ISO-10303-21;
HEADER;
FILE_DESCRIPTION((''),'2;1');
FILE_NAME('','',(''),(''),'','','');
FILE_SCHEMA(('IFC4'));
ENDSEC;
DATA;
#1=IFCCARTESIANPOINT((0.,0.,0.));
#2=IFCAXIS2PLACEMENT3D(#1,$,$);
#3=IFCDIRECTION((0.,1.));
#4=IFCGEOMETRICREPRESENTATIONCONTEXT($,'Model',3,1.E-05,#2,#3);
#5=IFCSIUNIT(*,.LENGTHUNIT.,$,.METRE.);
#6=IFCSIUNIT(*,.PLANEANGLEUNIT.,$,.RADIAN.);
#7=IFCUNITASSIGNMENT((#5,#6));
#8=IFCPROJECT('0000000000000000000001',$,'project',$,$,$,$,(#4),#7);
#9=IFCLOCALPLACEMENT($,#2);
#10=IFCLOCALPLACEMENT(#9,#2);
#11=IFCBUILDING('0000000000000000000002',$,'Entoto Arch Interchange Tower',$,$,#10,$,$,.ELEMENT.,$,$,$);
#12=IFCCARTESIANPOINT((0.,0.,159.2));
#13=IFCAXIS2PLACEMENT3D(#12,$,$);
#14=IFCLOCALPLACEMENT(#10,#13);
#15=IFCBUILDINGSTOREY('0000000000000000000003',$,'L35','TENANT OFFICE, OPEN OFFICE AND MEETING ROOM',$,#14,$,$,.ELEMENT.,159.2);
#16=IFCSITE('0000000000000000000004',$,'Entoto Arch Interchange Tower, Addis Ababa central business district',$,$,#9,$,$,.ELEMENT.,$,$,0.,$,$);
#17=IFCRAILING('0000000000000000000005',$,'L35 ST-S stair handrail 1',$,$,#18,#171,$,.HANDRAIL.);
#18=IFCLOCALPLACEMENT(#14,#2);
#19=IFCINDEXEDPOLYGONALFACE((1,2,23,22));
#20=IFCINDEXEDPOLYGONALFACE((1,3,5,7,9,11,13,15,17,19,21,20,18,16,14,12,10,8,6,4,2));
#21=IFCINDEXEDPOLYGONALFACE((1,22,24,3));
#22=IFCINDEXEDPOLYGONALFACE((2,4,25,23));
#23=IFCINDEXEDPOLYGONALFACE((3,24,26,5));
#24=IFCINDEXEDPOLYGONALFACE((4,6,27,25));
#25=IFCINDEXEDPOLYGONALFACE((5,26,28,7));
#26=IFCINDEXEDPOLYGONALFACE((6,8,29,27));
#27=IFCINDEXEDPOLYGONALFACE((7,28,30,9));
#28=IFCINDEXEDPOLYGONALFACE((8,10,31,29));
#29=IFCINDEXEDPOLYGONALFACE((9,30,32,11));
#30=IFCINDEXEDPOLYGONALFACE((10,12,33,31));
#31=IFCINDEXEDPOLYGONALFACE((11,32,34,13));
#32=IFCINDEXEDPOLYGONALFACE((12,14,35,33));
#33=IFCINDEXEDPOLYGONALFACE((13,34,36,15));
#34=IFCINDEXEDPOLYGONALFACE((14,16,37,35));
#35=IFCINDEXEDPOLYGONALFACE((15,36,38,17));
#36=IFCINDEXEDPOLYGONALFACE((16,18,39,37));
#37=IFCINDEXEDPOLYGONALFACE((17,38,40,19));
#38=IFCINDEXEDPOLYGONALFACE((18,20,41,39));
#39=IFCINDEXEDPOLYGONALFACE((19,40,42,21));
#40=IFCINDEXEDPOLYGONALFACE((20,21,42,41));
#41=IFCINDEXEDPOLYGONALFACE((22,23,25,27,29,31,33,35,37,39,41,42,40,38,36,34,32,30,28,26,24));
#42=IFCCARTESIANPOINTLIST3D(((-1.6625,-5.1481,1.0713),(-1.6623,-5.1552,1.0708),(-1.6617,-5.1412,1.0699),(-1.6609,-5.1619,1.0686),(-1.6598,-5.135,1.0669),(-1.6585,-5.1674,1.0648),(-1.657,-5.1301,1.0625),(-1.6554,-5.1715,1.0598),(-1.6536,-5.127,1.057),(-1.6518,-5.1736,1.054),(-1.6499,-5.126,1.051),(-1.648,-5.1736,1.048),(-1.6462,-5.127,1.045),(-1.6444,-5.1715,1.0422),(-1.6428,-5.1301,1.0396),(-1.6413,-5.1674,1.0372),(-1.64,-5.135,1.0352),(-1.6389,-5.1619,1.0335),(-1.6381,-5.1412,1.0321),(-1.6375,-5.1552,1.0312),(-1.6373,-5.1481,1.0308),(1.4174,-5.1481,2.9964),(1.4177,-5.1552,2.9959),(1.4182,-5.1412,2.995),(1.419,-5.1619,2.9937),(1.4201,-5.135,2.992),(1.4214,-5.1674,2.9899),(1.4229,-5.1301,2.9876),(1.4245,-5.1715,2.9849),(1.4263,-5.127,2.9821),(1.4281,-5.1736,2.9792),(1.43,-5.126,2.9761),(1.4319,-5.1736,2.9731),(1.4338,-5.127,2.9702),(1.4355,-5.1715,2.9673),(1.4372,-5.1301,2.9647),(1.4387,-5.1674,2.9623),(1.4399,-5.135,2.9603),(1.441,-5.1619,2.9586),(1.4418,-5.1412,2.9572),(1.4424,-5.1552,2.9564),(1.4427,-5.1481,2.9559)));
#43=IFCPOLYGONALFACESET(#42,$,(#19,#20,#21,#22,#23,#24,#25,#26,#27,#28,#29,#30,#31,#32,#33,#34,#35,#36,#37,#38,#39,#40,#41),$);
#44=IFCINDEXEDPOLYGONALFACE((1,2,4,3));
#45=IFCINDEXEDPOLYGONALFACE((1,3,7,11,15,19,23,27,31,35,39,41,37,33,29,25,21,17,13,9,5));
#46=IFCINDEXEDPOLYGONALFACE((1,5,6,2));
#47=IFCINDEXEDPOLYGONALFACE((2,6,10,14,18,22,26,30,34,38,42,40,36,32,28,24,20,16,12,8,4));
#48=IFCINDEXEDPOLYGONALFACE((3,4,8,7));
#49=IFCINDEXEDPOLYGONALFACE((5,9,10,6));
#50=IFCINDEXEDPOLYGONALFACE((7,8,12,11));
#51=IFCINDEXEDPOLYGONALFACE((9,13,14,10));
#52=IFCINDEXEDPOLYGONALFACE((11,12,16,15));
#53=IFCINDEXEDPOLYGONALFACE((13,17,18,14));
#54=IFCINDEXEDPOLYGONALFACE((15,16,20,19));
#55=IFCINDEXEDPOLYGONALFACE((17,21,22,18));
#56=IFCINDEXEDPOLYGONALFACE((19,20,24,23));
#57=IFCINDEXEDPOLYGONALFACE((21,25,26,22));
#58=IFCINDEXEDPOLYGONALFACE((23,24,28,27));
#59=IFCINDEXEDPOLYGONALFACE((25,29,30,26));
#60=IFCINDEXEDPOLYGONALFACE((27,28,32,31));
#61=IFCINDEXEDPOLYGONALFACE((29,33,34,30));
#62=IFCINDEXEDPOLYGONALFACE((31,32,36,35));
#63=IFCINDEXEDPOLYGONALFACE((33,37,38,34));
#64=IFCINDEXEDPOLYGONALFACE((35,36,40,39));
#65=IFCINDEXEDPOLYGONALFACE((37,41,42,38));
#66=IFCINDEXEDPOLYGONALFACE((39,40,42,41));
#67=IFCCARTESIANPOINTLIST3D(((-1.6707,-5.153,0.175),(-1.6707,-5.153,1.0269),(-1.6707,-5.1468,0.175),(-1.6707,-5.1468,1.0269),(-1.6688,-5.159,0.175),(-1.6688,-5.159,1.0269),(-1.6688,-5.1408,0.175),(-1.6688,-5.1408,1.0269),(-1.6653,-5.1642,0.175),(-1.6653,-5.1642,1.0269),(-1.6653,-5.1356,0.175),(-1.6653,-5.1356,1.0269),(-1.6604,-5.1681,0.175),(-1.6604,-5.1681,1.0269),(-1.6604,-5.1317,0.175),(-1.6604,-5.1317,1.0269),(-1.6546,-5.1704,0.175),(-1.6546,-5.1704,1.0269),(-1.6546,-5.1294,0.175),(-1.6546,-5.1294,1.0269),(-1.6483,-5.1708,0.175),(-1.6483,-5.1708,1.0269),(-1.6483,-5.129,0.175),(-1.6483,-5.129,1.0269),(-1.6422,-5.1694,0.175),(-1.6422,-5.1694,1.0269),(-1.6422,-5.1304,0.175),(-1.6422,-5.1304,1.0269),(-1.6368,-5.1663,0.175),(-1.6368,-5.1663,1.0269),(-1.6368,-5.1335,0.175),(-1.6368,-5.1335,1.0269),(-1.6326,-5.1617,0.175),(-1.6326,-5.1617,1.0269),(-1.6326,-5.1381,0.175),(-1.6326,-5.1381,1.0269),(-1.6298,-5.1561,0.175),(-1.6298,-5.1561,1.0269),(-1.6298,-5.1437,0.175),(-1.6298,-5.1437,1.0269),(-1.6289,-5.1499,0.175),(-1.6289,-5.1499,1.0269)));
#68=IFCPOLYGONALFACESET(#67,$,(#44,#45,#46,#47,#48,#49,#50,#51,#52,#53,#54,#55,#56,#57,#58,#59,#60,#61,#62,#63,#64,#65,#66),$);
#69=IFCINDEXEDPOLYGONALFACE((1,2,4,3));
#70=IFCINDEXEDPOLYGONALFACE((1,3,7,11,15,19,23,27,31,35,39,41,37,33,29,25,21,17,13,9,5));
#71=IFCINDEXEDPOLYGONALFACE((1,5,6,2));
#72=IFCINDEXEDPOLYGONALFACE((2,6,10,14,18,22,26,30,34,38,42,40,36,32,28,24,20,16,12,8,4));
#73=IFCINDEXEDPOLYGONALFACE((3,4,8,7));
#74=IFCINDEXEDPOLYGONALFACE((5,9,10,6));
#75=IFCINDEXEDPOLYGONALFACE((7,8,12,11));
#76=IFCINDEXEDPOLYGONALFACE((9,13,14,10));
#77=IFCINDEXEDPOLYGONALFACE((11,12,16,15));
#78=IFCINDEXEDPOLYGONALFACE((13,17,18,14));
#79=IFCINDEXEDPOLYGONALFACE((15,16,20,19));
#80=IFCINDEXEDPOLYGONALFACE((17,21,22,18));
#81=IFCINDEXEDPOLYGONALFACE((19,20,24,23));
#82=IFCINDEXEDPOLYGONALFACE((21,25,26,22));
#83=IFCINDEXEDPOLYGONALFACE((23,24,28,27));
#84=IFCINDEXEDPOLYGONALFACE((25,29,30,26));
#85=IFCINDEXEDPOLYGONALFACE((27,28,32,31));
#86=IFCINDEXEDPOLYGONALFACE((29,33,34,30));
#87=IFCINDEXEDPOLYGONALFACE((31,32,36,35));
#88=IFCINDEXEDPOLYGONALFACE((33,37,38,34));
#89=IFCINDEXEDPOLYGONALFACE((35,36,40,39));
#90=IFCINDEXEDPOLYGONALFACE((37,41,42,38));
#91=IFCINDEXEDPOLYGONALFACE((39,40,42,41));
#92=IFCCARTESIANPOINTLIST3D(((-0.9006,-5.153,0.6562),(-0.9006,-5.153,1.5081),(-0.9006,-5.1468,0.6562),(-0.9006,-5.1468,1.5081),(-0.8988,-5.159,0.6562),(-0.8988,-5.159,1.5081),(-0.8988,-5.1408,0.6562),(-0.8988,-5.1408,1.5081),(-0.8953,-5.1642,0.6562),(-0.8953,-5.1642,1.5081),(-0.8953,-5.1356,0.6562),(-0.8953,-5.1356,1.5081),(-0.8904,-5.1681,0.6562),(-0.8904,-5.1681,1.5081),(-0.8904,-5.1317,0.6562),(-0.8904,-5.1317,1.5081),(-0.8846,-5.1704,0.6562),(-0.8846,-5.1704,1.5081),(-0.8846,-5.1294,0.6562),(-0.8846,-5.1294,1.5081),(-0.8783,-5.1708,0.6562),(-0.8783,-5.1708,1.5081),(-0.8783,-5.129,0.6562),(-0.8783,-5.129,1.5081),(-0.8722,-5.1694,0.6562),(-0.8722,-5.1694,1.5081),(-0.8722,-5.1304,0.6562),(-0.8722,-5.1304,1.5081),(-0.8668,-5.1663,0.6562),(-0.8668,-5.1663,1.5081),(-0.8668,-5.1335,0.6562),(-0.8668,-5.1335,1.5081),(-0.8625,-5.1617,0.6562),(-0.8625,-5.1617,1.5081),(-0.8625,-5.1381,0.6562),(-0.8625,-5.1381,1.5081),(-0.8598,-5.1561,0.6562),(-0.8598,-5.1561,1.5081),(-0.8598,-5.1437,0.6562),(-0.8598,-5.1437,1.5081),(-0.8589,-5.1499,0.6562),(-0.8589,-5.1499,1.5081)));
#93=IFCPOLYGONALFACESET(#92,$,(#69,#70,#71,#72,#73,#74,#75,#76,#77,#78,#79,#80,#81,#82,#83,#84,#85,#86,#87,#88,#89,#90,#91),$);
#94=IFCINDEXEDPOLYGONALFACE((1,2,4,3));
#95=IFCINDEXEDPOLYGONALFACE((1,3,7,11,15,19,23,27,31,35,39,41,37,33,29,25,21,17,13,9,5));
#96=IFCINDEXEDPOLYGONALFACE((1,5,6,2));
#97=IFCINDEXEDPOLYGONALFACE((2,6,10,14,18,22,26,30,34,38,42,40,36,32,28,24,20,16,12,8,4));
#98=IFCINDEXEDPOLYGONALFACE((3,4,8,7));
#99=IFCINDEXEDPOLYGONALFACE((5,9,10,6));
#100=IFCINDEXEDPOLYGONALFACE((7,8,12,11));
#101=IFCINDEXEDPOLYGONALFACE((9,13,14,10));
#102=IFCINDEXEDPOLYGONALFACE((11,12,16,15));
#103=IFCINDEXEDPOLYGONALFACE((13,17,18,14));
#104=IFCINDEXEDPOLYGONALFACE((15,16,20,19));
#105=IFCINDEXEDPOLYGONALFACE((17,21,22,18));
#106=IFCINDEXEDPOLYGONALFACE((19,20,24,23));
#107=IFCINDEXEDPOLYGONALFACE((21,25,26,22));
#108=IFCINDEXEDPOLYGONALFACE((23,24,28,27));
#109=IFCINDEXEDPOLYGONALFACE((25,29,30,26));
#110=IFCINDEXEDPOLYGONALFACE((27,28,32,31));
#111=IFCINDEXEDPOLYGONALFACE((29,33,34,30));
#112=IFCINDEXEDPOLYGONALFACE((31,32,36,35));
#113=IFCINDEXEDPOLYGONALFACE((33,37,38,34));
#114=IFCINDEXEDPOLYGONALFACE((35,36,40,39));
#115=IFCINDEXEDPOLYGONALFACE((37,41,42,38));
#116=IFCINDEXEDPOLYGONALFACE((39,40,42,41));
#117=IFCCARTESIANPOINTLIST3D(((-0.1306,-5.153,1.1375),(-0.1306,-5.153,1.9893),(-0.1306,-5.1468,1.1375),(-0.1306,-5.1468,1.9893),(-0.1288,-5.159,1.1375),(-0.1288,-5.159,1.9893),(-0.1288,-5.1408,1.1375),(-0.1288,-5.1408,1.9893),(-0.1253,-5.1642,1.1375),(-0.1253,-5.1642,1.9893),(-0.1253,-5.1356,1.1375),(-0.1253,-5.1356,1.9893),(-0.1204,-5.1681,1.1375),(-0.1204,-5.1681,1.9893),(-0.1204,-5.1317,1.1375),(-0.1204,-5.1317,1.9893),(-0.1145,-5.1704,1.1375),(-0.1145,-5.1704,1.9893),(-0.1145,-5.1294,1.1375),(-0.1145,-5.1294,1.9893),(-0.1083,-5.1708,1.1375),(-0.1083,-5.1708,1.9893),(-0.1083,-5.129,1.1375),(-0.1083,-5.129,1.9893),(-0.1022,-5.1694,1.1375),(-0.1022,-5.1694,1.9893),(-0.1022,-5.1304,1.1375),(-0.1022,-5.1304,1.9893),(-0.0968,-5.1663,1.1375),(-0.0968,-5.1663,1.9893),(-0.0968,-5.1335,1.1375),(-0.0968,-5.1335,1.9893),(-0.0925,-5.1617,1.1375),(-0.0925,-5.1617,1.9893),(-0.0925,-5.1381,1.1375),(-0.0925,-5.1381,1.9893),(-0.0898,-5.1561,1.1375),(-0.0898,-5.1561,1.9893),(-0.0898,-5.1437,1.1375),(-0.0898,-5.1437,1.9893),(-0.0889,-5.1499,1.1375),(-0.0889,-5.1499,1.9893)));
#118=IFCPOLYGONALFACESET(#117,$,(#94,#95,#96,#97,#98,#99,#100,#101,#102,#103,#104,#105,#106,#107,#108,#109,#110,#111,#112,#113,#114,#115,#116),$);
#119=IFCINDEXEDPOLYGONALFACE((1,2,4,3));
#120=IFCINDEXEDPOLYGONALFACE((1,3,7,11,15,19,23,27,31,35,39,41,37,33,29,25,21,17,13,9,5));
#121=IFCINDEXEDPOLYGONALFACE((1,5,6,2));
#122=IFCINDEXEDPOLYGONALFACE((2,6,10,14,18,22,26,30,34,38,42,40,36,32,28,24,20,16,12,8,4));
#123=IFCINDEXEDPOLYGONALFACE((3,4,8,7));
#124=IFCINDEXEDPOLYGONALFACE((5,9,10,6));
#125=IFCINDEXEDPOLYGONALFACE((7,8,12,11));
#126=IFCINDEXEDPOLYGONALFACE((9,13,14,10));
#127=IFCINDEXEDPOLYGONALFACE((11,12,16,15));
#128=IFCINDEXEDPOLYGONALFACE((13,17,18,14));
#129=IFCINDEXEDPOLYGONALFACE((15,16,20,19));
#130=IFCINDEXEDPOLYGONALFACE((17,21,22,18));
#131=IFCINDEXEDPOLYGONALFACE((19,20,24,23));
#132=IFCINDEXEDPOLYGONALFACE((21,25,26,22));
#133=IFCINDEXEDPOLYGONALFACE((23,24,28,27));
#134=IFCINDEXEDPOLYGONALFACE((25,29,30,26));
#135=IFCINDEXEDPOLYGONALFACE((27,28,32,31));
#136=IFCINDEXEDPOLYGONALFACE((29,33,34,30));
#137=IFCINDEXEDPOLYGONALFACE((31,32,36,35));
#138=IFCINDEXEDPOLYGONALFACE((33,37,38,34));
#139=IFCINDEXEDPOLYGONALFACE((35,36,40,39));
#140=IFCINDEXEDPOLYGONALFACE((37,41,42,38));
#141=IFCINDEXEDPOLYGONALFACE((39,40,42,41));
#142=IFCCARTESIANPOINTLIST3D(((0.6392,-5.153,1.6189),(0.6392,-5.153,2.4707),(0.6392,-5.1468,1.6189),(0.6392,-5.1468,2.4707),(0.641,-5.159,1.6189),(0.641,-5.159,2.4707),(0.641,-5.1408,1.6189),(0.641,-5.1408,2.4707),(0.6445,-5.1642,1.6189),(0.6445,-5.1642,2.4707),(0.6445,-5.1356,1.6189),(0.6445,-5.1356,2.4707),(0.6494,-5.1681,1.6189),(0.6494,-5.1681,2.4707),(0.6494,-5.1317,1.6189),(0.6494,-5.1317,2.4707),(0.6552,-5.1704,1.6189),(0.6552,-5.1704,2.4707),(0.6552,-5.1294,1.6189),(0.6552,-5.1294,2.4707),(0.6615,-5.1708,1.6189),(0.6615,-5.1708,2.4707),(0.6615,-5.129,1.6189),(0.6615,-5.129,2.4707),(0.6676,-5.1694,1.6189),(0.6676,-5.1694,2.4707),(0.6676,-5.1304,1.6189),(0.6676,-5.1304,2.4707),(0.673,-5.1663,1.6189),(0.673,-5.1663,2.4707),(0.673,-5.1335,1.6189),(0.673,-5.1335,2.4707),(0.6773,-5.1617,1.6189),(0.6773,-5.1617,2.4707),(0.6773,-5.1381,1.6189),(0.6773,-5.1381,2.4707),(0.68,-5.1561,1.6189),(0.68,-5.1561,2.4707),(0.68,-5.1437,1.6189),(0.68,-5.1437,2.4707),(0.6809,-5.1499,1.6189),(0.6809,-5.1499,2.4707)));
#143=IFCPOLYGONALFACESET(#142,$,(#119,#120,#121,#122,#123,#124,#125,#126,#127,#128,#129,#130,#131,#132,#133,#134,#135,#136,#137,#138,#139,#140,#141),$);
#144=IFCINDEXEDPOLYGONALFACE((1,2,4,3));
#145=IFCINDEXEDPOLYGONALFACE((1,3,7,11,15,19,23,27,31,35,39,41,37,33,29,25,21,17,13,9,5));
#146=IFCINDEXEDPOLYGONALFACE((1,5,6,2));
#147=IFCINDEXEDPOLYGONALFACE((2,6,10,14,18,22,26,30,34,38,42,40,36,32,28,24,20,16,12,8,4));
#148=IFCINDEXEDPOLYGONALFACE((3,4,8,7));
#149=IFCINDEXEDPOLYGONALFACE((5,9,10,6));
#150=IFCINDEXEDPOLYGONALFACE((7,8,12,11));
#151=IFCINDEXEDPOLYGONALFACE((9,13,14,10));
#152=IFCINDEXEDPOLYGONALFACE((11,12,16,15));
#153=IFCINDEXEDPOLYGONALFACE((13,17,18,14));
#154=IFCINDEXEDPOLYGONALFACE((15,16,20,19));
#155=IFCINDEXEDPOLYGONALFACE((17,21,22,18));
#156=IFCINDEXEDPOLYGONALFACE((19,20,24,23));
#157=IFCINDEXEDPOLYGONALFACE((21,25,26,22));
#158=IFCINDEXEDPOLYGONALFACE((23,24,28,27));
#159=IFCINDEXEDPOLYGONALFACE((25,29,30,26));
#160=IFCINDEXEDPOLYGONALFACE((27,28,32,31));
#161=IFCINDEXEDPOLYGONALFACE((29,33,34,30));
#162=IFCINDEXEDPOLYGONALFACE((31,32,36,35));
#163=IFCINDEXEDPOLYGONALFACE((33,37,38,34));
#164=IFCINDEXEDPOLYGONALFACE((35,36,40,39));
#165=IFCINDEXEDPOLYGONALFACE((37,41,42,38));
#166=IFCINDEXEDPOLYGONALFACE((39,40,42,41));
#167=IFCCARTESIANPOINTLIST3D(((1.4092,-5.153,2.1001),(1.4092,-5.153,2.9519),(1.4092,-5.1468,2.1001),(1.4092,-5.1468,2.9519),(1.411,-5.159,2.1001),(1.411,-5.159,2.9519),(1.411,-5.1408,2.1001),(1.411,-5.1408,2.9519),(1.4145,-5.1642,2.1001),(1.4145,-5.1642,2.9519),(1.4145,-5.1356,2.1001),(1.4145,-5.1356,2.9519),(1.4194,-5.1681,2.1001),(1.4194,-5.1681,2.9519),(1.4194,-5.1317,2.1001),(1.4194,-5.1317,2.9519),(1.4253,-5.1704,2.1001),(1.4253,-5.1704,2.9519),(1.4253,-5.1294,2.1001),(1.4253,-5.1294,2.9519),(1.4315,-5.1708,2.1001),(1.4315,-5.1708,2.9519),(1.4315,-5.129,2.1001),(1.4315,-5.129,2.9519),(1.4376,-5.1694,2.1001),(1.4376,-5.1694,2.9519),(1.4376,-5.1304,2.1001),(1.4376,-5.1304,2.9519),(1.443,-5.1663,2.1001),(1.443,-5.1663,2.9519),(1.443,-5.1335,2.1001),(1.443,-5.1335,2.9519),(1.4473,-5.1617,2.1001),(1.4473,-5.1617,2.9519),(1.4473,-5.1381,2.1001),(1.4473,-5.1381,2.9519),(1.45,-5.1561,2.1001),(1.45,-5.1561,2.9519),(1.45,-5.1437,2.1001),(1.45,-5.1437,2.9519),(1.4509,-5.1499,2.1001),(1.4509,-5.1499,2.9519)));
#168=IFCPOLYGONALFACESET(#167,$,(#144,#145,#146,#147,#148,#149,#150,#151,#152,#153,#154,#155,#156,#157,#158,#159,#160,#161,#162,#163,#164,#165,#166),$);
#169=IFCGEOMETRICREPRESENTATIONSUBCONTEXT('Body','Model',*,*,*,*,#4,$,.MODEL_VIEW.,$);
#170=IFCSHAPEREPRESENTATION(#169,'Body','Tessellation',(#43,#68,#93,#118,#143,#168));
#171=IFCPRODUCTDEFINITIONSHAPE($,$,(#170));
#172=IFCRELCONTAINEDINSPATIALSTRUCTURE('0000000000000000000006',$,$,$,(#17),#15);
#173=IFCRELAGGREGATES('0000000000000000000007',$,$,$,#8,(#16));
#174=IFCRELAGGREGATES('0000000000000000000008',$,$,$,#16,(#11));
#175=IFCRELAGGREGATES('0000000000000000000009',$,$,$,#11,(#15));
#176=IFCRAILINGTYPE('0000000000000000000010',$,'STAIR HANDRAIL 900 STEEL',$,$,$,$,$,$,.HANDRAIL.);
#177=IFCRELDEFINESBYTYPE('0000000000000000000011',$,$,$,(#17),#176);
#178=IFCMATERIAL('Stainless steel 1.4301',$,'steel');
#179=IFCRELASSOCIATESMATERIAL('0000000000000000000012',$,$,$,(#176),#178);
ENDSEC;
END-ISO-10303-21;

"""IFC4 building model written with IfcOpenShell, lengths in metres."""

from ifc_helpers import new_model, si_unit, direction, frame, origin, origin_2d, place, context, subcontext, project, spatial, circle, extrude, material, type_object, element, save


model = new_model("IFC4")

# Units and contexts
model_context = context("Model", 3, precision=1e-05, world=origin(), true_north=direction((0.0, 1.0)))
body_context = subcontext(model_context, "Body", "Model", "MODEL_VIEW")
ifc_project = project(units=[si_unit("LENGTHUNIT", "METRE"), si_unit("PLANEANGLEUNIT", "RADIAN")], contexts=[model_context])

# Site, building, storey
site_placement = place(None, origin())
site = spatial("IfcSite", under=ifc_project, at=site_placement, Name="Entoto Arch Interchange Tower, Addis Ababa central business district", CompositionType="ELEMENT", RefElevation=0.0)
building_placement = place(site_placement, origin())
building = spatial("IfcBuilding", under=site, at=building_placement, Name="Entoto Arch Interchange Tower", CompositionType="ELEMENT")
storey_placement = place(building_placement, frame((0.0, 0.0, 159.2)))
storey = spatial("IfcBuildingStorey", under=building, at=storey_placement, Name="L35", Description="TENANT OFFICE, OPEN OFFICE AND MEETING ROOM", CompositionType="ELEMENT", Elevation=159.2)

# Railing
ifc_material_1 = material(Name="Stainless steel 1.4301", Category="steel")
railing_type_1 = type_object("IfcRailingType", Name="STAIR HANDRAIL 900 STEEL", PredefinedType="HANDRAIL", material=ifc_material_1)
railing_1_placement = place(storey_placement, frame((-1.6499, -5.1499, 0.175)))
element("IfcRailing", 1, at=railing_1_placement, inside=storey, type_object=railing_type_1, Name="L35 ST-S stair handrail 1", PredefinedType="HANDRAIL", context=body_context, shape_type="SweptSolid", body=[
    extrude(circle(Radius=0.0239, at=origin_2d()), frame((0.0, 0.0, 0.876), z_axis=(0.847979, 0.0, 0.530029), x_axis=(0.0, 1.0, 0.0)), (0.0, 0.0, 1.0), 3.6321),
    extrude(circle(Radius=0.021, at=origin_2d()), origin(), (0.0, 0.0, 1.0), 0.8518),
    extrude(circle(Radius=0.021, at=origin_2d()), frame((0.77, 0.0, 0.4812)), (0.0, 0.0, 1.0), 0.8518),
    extrude(circle(Radius=0.021, at=origin_2d()), frame((1.54, 0.0, 0.9624)), (0.0, 0.0, 1.0), 0.8518),
    extrude(circle(Radius=0.021, at=origin_2d()), frame((2.3098, 0.0, 1.4438)), (0.0, 0.0, 1.0), 0.8518),
    extrude(circle(Radius=0.021, at=origin_2d()), frame((3.0798, 0.0, 1.925)), (0.0, 0.0, 1.0), 0.8518),
])

save(model, "model.ifc")
